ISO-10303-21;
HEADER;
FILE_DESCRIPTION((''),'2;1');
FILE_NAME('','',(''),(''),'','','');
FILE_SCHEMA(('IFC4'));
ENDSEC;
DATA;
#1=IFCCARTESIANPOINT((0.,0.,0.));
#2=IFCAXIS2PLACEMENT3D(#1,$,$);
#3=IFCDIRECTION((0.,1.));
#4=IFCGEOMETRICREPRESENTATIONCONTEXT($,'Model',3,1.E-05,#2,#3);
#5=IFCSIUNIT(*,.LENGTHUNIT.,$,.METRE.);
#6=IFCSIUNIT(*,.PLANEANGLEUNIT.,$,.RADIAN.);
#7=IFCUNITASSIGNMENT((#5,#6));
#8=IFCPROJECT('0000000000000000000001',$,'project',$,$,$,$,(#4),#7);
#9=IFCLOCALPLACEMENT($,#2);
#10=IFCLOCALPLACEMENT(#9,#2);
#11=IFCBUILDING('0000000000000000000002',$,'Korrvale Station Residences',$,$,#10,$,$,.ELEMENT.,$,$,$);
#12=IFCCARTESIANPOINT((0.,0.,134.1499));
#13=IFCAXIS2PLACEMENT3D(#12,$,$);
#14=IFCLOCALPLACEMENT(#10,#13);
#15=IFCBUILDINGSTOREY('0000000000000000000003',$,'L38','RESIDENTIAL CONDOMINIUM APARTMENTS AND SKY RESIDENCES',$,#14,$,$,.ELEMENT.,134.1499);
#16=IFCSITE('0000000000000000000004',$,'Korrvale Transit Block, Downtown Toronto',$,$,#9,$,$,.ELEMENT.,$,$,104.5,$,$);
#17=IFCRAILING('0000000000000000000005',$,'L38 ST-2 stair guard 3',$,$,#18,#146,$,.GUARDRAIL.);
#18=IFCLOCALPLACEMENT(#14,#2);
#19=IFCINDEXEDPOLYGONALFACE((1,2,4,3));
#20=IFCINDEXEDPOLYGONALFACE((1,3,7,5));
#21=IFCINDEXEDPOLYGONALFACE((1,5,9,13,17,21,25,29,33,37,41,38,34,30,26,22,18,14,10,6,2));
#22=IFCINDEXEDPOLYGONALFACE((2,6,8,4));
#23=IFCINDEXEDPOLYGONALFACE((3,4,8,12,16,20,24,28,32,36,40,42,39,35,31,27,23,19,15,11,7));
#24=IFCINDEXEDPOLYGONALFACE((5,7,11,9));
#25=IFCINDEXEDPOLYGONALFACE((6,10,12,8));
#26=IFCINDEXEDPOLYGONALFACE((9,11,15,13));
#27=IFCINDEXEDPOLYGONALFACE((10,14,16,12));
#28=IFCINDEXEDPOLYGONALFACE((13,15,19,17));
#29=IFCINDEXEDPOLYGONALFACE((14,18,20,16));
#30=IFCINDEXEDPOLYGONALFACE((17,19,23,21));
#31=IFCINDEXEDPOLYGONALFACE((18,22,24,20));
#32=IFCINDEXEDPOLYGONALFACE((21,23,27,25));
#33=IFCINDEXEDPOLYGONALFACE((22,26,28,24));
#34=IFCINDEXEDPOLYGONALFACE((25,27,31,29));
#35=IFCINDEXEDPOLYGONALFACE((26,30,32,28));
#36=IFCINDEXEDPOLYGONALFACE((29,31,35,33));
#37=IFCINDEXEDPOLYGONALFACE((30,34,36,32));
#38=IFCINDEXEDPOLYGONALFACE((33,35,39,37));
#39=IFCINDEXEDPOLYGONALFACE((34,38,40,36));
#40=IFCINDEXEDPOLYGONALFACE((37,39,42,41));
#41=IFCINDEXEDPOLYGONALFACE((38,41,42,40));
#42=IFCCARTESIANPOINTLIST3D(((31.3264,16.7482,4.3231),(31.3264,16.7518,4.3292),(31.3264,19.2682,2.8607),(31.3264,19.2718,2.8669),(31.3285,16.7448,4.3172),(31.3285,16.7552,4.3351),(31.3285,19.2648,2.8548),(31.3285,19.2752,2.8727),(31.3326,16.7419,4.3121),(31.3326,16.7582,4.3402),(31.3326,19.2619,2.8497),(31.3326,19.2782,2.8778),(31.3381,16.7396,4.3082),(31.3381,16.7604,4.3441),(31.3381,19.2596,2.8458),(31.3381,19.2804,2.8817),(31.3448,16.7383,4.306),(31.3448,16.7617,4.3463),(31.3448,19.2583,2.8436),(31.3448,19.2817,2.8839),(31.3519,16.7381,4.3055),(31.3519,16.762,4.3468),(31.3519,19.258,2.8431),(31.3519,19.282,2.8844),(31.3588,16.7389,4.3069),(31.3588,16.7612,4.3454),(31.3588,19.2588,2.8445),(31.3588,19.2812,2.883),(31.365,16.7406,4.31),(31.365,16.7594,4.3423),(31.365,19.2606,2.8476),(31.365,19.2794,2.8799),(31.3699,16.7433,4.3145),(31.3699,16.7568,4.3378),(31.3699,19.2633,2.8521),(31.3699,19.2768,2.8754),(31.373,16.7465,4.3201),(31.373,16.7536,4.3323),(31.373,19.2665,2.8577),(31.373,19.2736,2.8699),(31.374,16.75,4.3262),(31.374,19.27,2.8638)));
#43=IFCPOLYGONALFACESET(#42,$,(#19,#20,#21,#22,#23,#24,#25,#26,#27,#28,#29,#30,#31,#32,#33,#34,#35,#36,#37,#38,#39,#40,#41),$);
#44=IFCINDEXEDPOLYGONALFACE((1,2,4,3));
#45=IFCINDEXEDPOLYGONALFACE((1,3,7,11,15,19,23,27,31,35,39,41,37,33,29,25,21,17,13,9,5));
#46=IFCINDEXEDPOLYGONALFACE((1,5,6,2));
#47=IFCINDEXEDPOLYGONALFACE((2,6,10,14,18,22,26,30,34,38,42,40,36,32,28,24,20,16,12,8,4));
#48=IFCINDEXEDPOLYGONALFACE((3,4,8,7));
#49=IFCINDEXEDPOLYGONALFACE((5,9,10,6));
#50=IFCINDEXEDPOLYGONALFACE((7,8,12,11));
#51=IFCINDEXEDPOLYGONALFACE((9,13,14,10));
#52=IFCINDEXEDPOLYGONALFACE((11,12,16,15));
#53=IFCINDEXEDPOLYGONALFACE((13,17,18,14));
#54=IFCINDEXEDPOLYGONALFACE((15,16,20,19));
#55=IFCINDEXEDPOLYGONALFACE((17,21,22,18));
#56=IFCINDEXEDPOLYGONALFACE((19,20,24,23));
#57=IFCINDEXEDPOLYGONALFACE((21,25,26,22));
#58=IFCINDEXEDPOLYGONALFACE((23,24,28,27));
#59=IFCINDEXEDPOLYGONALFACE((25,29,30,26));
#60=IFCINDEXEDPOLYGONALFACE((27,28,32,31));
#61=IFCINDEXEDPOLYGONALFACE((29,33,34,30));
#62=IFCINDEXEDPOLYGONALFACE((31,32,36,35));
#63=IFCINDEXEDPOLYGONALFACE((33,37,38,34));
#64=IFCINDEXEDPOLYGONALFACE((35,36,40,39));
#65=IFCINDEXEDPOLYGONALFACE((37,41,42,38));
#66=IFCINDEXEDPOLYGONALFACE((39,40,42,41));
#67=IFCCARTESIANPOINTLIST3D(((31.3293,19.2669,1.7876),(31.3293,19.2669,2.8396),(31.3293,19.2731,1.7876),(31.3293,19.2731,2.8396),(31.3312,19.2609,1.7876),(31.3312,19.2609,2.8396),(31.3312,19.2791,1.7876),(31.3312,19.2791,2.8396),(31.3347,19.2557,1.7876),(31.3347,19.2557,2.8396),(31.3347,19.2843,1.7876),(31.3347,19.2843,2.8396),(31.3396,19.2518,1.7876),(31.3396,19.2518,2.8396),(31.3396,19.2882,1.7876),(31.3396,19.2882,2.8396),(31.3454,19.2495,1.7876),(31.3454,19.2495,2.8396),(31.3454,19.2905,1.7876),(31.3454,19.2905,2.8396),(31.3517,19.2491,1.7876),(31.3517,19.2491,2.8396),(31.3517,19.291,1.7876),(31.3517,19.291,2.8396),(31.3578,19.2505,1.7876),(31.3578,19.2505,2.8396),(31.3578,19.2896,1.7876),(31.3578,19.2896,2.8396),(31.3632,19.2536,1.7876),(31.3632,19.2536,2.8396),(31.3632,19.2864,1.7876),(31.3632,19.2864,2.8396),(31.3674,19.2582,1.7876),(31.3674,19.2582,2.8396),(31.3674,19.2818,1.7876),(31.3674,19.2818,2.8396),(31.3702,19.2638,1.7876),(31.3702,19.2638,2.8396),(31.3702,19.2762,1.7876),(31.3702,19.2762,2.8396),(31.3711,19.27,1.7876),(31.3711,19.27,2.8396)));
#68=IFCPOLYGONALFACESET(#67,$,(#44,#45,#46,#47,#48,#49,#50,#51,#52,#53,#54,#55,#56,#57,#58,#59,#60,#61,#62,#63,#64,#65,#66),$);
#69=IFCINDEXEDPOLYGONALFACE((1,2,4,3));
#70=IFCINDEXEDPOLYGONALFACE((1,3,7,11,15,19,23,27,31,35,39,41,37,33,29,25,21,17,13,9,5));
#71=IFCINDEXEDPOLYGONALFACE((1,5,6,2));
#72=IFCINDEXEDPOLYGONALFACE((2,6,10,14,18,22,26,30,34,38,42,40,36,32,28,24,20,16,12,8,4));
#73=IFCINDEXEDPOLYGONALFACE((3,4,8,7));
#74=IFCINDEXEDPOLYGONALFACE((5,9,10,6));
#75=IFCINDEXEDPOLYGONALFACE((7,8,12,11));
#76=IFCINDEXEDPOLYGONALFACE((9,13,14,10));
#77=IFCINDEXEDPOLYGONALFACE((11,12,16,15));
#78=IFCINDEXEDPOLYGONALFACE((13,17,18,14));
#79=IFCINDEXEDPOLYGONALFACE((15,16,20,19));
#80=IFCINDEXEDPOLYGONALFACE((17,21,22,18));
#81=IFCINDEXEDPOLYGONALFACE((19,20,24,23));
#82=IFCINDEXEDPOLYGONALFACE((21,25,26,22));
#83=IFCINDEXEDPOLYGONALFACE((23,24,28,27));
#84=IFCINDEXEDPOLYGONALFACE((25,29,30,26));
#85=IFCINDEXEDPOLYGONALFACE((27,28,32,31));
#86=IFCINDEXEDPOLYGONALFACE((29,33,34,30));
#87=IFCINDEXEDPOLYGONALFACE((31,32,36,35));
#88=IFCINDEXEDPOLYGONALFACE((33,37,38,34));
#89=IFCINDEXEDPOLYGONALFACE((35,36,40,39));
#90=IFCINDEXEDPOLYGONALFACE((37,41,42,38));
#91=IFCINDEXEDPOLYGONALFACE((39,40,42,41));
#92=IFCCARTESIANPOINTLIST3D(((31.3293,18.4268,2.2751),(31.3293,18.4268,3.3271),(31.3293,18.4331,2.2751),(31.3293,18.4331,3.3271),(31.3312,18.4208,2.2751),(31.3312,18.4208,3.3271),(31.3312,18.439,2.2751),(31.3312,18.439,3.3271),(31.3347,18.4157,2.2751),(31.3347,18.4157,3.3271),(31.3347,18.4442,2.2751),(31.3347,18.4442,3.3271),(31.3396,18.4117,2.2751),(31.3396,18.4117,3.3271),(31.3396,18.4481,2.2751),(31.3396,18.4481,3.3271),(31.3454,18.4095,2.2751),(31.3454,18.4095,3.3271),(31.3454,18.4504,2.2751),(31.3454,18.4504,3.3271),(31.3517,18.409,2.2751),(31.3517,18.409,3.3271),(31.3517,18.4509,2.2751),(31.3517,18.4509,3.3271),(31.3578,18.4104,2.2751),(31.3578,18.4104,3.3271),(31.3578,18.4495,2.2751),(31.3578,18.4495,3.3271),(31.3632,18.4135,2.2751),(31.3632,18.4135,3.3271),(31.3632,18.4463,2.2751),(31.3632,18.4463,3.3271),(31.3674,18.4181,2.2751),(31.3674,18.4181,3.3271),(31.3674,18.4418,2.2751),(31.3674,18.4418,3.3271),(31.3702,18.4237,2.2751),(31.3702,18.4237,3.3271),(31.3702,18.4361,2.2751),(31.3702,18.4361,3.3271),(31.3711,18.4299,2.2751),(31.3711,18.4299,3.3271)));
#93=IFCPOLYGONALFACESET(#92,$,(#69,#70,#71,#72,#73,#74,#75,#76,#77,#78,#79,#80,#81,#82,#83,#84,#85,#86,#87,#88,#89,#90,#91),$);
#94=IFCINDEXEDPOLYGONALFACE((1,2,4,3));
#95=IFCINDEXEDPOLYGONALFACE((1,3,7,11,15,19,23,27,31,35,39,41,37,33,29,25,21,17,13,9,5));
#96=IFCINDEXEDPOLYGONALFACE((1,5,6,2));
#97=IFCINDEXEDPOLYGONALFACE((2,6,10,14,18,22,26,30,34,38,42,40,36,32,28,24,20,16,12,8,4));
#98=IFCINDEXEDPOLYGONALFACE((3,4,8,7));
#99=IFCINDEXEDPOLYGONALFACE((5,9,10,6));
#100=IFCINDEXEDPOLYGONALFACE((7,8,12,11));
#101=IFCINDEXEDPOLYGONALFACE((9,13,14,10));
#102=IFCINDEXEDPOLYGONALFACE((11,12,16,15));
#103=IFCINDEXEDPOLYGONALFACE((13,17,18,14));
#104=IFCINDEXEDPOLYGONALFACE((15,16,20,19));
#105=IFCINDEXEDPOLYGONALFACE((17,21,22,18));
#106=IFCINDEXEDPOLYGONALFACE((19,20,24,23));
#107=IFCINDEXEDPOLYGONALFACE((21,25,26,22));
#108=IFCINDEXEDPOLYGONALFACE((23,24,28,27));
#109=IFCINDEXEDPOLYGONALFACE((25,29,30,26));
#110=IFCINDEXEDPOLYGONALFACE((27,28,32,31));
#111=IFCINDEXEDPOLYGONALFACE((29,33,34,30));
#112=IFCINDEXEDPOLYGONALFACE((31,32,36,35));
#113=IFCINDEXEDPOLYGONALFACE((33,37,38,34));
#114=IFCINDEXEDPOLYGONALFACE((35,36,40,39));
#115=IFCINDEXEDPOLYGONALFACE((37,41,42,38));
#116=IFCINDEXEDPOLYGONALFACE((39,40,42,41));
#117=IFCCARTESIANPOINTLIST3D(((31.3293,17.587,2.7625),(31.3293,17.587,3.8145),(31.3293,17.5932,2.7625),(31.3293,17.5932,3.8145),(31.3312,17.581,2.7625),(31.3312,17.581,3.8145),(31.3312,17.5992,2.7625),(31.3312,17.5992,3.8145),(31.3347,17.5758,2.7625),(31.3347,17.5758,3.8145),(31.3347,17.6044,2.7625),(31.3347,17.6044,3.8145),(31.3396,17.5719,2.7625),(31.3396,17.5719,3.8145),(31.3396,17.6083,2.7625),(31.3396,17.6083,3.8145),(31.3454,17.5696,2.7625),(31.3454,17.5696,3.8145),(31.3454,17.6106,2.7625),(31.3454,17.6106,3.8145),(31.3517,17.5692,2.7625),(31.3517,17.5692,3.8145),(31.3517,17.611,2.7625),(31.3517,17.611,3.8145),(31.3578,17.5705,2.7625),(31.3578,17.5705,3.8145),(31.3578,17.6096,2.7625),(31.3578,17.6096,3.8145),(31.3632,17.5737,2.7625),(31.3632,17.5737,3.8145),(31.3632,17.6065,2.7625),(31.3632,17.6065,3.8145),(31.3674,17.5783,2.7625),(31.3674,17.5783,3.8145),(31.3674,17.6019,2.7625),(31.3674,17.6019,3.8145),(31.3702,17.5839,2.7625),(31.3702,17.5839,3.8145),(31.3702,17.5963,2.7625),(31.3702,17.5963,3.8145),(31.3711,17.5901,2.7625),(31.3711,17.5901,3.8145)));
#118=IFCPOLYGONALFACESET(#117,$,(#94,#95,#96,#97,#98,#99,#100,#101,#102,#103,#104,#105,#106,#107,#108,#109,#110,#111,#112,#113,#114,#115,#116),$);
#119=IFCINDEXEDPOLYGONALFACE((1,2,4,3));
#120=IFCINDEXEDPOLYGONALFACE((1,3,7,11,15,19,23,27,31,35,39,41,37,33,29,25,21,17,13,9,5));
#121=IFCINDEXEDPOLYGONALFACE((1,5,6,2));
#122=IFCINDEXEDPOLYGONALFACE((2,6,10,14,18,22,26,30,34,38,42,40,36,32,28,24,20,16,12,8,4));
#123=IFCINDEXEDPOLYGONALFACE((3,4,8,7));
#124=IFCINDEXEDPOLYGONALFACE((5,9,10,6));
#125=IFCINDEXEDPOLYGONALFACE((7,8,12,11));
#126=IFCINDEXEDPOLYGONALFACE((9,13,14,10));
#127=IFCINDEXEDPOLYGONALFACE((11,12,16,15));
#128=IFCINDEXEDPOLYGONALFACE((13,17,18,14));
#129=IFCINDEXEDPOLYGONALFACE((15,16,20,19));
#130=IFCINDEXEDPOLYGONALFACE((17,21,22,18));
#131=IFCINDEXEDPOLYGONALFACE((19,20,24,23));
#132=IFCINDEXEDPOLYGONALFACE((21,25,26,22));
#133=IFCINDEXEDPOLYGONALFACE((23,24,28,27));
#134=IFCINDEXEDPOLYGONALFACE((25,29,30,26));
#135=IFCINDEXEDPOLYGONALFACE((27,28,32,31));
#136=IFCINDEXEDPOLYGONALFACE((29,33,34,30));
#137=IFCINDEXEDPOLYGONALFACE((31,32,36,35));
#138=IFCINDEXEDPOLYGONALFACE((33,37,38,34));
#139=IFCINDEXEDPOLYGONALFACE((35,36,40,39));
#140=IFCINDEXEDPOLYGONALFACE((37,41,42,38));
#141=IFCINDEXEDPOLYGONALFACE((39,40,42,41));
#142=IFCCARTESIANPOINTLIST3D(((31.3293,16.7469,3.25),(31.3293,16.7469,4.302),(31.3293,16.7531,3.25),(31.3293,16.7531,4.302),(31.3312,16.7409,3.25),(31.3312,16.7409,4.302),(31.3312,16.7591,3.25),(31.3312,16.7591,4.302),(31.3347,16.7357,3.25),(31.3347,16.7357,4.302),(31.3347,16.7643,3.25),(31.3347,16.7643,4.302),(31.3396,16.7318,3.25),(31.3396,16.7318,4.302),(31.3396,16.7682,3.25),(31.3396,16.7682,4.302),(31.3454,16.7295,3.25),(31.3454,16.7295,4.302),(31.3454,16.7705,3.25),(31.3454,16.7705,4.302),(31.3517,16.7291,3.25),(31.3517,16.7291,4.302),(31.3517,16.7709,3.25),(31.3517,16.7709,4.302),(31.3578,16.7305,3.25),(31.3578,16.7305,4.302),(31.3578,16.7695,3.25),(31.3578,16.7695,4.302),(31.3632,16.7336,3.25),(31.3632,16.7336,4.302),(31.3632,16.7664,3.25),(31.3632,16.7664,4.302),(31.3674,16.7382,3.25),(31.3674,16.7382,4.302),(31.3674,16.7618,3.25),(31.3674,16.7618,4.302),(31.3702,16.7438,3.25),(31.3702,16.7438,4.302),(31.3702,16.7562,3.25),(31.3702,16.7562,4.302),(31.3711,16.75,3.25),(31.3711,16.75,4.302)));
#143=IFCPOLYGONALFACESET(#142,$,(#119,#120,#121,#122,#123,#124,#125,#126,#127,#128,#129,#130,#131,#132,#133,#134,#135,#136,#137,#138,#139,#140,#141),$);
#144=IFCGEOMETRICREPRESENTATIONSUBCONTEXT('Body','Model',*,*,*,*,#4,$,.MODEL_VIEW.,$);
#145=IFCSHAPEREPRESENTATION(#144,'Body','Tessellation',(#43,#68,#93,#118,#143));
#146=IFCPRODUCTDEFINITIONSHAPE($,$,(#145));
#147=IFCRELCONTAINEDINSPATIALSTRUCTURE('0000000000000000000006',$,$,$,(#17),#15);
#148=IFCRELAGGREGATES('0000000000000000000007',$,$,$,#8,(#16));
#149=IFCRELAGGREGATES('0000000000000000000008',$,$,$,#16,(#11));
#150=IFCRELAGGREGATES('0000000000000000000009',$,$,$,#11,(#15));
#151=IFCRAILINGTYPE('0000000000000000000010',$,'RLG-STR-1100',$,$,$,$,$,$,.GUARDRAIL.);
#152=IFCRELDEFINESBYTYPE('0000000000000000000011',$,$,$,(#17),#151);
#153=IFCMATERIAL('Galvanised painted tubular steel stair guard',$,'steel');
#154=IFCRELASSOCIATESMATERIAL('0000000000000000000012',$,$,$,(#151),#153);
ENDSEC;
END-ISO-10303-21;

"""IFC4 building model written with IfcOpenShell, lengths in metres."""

from ifc_helpers import new_model, si_unit, direction, frame, origin, origin_2d, place, context, subcontext, project, spatial, circle, extrude, material, type_object, element, save


model = new_model("IFC4")

# Units and contexts
model_context = context("Model", 3, precision=1e-05, world=origin(), true_north=direction((0.0, 1.0)))
body_context = subcontext(model_context, "Body", "Model", "MODEL_VIEW")
ifc_project = project(units=[si_unit("LENGTHUNIT", "METRE"), si_unit("PLANEANGLEUNIT", "RADIAN")], contexts=[model_context])

# Site, building, storey
site_placement = place(None, origin())
site = spatial("IfcSite", under=ifc_project, at=site_placement, Name="Korrvale Transit Block, Downtown Toronto", CompositionType="ELEMENT", RefElevation=104.5)
building_placement = place(site_placement, origin())
building = spatial("IfcBuilding", under=site, at=building_placement, Name="Korrvale Station Residences", CompositionType="ELEMENT")
storey_placement = place(building_placement, frame((0.0, 0.0, 134.1499)))
storey = spatial("IfcBuildingStorey", under=building, at=storey_placement, Name="L38", Description="RESIDENTIAL CONDOMINIUM APARTMENTS AND SKY RESIDENCES", CompositionType="ELEMENT", Elevation=134.1499)

# Railing
ifc_material_1 = material(Name="Galvanised painted tubular steel stair guard", Category="steel")
railing_type_1 = type_object("IfcRailingType", Name="RLG-STR-1100", PredefinedType="GUARDRAIL", material=ifc_material_1)
railing_1_placement = place(storey_placement, frame((31.3501, 19.27, 1.7876)))
element("IfcRailing", 1, at=railing_1_placement, inside=storey, type_object=railing_type_1, Name="L38 ST-2 stair guard 3", PredefinedType="GUARDRAIL", context=body_context, shape_type="SweptSolid", body=[
    extrude(circle(Radius=0.0239, at=origin_2d()), frame((0.0, 0.0, 1.0762), z_axis=(0.0, -0.864913, 0.501921), x_axis=(1.0, 0.0, 0.0)), (0.0, 0.0, 1.0), 2.9136),
    extrude(circle(Radius=0.021, at=origin_2d()), origin(), (0.0, 0.0, 1.0), 1.052),
    extrude(circle(Radius=0.021, at=origin_2d()), frame((0.0, -0.8401, 0.4875)), (0.0, 0.0, 1.0), 1.052),
    extrude(circle(Radius=0.021, at=origin_2d()), frame((0.0, -1.6799, 0.9749)), (0.0, 0.0, 1.0), 1.052),
    extrude(circle(Radius=0.021, at=origin_2d()), frame((0.0, -2.52, 1.4624)), (0.0, 0.0, 1.0), 1.052),
])

save(model, "model.ifc")
